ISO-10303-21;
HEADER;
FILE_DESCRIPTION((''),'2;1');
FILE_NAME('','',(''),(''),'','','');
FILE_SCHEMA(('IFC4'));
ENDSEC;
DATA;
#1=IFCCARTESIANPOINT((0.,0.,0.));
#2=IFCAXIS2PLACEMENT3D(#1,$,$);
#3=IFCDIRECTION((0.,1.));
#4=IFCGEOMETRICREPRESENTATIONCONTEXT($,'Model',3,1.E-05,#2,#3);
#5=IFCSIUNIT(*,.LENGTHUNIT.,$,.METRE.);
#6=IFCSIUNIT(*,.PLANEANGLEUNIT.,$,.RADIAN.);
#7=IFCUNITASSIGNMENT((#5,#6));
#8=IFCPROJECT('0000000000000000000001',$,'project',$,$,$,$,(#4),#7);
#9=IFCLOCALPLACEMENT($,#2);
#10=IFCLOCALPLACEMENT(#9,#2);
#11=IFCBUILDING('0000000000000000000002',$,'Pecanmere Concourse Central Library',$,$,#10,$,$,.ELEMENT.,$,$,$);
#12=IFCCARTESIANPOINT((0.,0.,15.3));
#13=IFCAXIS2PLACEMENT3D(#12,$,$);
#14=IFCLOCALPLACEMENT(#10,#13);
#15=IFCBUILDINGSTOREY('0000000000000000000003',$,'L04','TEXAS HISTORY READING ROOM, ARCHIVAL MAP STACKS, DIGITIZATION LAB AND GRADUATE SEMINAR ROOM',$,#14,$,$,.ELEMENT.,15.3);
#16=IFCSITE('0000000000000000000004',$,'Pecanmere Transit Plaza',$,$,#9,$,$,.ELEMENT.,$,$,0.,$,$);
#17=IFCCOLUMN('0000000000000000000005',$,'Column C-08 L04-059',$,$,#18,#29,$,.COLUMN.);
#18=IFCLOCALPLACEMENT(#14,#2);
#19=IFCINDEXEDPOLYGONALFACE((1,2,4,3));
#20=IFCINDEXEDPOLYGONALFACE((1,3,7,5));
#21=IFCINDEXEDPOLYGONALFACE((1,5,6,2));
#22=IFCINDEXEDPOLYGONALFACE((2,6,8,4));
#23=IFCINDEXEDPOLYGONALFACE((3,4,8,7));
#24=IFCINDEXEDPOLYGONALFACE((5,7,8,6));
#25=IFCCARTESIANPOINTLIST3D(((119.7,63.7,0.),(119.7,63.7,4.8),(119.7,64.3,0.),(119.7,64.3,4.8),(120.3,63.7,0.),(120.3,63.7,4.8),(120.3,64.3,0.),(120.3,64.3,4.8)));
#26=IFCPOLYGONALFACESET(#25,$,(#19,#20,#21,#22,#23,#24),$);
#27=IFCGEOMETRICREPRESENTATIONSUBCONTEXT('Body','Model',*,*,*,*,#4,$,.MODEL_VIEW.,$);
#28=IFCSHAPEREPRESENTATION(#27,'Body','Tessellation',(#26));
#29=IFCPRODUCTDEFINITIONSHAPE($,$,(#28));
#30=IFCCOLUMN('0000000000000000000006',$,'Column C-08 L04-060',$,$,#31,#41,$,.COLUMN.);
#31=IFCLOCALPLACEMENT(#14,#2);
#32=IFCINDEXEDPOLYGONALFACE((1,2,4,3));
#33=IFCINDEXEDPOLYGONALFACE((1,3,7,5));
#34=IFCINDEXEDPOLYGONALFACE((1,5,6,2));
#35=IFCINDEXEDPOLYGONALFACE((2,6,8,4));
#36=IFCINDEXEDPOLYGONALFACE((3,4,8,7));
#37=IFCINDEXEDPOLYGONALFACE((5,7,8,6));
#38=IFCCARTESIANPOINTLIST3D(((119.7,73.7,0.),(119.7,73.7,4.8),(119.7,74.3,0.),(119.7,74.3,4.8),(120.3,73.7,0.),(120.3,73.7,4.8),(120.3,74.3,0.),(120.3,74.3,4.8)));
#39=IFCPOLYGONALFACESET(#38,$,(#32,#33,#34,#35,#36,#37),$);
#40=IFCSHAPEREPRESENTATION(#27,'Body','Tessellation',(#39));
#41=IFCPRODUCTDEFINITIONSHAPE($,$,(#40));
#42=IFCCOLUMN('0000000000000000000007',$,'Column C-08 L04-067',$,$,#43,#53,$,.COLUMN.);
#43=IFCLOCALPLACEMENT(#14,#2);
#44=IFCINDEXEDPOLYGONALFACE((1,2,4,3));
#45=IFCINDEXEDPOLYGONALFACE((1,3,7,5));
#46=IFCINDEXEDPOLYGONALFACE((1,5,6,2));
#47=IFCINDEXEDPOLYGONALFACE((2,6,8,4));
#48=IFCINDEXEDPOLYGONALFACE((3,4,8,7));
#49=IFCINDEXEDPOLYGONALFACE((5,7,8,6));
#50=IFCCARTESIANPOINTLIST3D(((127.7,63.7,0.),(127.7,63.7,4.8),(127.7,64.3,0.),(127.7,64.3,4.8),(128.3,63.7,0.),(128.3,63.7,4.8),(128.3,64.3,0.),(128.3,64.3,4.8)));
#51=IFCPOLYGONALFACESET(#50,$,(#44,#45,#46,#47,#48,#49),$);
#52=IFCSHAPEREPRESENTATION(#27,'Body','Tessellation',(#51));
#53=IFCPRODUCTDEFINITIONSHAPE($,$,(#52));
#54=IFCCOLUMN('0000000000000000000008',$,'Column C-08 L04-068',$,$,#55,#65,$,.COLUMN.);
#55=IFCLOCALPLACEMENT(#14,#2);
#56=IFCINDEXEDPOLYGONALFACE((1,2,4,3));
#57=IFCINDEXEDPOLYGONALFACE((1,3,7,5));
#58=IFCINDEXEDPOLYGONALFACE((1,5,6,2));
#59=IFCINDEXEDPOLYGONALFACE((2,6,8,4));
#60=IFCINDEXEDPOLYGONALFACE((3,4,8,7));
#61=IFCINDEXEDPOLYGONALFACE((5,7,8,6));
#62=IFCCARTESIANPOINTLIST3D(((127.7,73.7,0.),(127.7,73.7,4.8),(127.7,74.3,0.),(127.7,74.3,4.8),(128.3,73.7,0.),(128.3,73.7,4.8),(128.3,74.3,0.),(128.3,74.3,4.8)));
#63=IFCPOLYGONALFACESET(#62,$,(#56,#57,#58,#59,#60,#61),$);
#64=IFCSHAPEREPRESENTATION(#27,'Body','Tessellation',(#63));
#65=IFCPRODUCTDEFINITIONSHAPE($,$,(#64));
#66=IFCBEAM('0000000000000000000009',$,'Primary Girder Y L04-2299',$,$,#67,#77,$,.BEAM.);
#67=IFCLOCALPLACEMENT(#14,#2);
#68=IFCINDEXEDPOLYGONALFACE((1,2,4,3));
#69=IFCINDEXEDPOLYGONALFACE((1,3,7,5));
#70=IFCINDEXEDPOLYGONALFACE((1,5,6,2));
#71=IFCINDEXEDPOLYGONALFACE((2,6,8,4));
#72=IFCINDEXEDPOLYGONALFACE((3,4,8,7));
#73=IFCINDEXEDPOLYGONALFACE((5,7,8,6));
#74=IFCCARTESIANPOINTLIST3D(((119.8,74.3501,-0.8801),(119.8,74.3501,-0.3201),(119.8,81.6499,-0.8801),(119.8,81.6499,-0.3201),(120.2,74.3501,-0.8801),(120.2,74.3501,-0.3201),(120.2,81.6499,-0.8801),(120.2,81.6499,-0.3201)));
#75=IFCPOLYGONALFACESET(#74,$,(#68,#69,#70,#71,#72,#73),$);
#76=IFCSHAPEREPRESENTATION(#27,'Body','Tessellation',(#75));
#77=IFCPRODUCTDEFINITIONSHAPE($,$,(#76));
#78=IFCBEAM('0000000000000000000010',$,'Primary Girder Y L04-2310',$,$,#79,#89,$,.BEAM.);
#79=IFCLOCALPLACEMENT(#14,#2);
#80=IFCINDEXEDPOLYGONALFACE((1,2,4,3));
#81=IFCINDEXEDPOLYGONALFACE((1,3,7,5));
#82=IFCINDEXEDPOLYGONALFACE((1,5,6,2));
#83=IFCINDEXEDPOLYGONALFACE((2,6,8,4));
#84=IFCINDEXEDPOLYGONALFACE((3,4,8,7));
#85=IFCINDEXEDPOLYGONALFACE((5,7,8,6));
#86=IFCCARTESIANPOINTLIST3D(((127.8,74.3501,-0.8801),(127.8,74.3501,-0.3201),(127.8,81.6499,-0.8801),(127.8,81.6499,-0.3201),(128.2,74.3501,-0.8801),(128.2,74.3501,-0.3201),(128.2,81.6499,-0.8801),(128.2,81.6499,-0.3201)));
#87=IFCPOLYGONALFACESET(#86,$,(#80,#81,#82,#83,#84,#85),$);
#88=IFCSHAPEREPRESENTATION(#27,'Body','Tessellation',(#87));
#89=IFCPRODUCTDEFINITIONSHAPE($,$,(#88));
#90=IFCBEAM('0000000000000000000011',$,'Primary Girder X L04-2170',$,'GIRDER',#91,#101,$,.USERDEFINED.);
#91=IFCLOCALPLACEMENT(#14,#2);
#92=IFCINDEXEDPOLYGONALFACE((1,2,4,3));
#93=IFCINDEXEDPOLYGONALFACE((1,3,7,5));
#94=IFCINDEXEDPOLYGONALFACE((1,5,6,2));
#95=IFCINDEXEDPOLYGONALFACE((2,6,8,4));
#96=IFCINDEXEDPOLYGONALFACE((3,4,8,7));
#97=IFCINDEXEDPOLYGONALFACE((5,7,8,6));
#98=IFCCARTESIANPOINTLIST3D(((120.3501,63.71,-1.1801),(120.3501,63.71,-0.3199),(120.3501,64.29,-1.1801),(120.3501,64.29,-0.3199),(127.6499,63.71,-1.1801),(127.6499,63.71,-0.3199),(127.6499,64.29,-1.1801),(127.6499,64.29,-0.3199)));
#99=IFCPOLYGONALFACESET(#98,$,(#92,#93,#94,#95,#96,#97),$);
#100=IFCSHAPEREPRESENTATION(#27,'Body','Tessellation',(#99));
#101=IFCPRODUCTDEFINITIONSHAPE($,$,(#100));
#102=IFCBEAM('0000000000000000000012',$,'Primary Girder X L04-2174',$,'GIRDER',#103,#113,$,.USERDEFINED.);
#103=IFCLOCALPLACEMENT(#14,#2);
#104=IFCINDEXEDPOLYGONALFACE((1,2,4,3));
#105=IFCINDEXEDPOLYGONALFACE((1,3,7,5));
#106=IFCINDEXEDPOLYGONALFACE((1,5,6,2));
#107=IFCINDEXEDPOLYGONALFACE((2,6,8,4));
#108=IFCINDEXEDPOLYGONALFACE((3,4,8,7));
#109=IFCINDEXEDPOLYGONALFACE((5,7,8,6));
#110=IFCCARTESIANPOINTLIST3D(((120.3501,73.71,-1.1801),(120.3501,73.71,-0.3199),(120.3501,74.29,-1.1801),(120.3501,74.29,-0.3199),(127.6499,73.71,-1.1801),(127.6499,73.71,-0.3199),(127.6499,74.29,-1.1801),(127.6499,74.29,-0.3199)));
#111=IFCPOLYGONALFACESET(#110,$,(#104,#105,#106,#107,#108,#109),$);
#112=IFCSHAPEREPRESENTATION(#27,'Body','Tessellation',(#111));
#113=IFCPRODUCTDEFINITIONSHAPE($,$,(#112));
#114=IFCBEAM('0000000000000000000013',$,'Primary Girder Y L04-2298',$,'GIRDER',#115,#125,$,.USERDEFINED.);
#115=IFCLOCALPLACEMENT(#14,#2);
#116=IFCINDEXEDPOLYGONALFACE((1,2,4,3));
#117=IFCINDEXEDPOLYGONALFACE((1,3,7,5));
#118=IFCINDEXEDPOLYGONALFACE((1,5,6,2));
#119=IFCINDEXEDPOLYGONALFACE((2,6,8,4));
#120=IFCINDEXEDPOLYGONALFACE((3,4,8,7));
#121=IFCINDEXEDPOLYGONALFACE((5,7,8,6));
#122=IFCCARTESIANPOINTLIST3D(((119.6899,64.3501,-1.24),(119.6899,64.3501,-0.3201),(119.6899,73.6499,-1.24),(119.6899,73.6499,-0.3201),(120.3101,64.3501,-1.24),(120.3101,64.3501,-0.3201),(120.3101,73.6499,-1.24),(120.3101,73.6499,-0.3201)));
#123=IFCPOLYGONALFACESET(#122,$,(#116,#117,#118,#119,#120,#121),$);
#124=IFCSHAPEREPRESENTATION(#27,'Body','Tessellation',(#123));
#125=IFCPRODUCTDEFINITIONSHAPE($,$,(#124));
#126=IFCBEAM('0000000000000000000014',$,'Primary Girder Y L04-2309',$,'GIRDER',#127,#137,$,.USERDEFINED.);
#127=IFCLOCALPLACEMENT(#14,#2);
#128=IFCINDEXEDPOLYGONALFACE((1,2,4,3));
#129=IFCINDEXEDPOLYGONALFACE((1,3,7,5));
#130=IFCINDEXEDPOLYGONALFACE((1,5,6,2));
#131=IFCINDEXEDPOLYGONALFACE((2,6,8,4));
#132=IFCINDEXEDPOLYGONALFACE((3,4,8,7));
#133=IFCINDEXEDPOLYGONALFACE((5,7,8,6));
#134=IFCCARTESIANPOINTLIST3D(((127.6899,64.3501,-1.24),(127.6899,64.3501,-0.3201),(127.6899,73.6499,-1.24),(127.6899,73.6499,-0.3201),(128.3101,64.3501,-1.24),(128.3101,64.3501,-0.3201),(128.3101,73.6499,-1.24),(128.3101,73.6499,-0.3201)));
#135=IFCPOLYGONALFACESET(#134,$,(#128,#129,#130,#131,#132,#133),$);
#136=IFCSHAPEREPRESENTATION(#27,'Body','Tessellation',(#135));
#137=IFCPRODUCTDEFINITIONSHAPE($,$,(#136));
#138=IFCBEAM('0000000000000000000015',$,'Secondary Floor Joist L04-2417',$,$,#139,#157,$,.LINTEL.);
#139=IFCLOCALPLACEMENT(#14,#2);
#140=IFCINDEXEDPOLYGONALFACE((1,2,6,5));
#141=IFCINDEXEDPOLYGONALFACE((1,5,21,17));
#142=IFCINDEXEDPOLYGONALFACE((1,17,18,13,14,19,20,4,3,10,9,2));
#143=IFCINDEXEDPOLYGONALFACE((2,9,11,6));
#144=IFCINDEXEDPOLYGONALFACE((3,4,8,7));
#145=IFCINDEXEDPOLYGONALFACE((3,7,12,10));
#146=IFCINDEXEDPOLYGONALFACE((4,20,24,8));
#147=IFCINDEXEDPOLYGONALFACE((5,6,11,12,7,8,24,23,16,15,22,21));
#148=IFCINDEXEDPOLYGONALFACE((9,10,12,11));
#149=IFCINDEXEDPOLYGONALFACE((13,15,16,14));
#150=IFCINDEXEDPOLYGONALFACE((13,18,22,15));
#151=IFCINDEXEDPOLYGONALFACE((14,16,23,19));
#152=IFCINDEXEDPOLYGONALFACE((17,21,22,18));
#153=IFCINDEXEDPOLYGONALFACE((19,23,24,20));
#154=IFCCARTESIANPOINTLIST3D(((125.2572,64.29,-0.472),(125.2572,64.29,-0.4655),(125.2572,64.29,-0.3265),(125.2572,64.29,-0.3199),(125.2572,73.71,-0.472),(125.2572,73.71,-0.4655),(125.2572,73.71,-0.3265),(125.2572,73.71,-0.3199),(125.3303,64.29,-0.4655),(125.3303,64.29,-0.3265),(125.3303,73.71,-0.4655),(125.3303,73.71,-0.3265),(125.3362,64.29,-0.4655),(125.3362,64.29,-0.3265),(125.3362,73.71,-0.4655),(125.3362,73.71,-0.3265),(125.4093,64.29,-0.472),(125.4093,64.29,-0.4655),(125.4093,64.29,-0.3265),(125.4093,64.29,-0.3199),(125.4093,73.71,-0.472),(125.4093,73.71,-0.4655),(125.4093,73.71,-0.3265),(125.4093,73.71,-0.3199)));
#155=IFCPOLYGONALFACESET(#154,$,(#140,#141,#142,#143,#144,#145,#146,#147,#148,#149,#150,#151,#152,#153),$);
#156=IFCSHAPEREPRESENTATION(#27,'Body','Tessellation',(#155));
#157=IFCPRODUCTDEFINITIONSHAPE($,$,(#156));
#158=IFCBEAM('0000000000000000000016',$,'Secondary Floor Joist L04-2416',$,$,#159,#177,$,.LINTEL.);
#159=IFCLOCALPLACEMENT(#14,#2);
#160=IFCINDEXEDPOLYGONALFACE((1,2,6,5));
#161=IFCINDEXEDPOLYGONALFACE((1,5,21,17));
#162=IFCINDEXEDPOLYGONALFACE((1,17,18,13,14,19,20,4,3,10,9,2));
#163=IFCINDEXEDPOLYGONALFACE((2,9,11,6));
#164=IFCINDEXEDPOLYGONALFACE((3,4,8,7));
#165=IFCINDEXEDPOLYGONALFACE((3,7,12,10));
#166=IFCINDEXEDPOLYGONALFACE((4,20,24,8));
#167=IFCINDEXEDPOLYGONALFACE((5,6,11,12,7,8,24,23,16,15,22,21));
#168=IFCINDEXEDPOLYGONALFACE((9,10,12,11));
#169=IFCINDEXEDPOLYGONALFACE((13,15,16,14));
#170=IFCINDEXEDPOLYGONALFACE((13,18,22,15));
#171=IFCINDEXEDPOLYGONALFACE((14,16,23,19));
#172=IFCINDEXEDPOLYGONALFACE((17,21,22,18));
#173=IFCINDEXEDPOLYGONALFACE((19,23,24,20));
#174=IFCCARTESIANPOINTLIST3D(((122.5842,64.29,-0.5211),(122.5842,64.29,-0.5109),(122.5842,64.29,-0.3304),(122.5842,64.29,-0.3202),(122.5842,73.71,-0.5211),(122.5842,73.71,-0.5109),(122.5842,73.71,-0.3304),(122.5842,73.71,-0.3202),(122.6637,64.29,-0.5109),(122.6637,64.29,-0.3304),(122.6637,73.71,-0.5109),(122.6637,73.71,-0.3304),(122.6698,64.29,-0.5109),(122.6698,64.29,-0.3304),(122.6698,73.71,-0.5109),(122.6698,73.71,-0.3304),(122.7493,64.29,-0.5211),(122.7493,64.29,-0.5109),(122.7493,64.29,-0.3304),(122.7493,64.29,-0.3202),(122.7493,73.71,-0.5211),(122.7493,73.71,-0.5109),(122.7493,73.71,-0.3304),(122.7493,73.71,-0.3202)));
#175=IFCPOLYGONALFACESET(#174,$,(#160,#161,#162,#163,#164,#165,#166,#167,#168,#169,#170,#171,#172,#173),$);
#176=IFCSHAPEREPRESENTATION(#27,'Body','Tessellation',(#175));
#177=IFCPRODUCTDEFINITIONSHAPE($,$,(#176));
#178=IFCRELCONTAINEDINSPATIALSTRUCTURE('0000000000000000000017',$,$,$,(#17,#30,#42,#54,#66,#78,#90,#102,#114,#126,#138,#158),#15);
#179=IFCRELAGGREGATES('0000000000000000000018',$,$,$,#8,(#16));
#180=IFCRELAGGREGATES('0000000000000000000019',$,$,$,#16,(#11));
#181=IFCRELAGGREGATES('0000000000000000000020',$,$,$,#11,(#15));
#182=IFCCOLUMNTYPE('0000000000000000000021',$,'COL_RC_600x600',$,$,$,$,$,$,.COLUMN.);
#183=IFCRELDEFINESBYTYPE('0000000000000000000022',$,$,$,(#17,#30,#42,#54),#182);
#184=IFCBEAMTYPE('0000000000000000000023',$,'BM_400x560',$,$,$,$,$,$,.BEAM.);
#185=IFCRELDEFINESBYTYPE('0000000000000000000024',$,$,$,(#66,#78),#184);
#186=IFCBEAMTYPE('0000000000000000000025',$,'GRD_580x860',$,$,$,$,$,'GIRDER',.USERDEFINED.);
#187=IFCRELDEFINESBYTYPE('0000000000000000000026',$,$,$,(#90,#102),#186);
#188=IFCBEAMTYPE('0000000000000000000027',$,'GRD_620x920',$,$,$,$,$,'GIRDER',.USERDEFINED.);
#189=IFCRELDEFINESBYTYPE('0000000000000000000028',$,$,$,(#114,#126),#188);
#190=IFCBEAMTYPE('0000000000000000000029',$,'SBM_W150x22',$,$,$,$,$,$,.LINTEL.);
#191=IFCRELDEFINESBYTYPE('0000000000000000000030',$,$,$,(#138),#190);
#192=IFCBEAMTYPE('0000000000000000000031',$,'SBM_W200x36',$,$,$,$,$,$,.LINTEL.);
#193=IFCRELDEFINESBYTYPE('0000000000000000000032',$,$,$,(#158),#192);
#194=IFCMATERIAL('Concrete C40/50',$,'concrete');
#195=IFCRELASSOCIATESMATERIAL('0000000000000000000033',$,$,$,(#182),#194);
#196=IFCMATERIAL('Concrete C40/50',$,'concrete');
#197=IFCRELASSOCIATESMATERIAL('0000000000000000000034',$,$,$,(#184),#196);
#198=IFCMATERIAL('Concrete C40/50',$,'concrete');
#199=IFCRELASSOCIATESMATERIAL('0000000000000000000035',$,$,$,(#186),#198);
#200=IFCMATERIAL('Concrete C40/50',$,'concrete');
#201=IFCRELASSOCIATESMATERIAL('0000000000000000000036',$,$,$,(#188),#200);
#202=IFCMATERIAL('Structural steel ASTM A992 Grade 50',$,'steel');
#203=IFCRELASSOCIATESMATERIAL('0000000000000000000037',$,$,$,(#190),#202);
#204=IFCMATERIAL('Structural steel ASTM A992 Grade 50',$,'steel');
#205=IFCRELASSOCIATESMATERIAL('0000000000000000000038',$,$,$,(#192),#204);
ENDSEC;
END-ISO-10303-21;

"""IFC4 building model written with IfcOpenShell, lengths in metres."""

from ifc_helpers import new_model, si_unit, direction, frame, origin, origin_2d, place, context, subcontext, project, spatial, rectangle, i_section, extrude, material, material_profile, profile_set, type_object, element, save


model = new_model("IFC4")

# Units and contexts
model_context = context("Model", 3, precision=1e-05, world=origin(), true_north=direction((0.0, 1.0)))
body_context = subcontext(model_context, "Body", "Model", "MODEL_VIEW")
ifc_project = project(units=[si_unit("LENGTHUNIT", "METRE"), si_unit("PLANEANGLEUNIT", "RADIAN")], contexts=[model_context])

# Site, building, storey
site_placement = place(None, origin())
site = spatial("IfcSite", under=ifc_project, at=site_placement, Name="Pecanmere Transit Plaza", CompositionType="ELEMENT", RefElevation=0.0)
building_placement = place(site_placement, origin())
building = spatial("IfcBuilding", under=site, at=building_placement, Name="Pecanmere Concourse Central Library", CompositionType="ELEMENT")
storey_placement = place(building_placement, frame((0.0, 0.0, 15.3)))
storey = spatial("IfcBuildingStorey", under=building, at=storey_placement, Name="L04", Description="TEXAS HISTORY READING ROOM, ARCHIVAL MAP STACKS, DIGITIZATION LAB AND GRADUATE SEMINAR ROOM", CompositionType="ELEMENT", Elevation=15.3)

# Columns
ifc_material_1 = material(Name="Concrete C40/50", Category="concrete")
ifc_material_profile_1 = material_profile(ifc_material_1, rectangle(XDim=0.6001, YDim=0.6001, at=origin_2d()), Name="RC 600x600")
ifc_profile_set_1 = profile_set([ifc_material_profile_1], Name="Concrete C40/50")
column_type = type_object("IfcColumnType", Name="COL_RC_600x600", PredefinedType="COLUMN", material=ifc_profile_set_1)
for number, where, z_axis, x_axis, name in (
    (1, (120.0, 64.0, 0.0), (0.0, 0.0, 1.0), (1.0, 0.0, 0.0), "Column C-08 L04-059"),
    (2, (120.0, 74.0, 0.0), (0.0, 0.0, 1.0), (1.0, 0.0, 0.0), "Column C-08 L04-060"),
    (3, (128.0, 64.0, 0.0), (0.0, 0.0, 1.0), (1.0, 0.0, 0.0), "Column C-08 L04-067"),
    (4, (128.0, 74.0, 0.0), (0.0, 0.0, 1.0), (1.0, 0.0, 0.0), "Column C-08 L04-068"),
):
    element("IfcColumn", number, at=place(storey_placement, frame(where, z_axis=z_axis, x_axis=x_axis)), inside=storey, type_object=column_type, Name=name, PredefinedType="COLUMN", context=body_context, shape_type="SweptSolid", body=[
        extrude(rectangle(XDim=0.6001, YDim=0.6001, at=origin_2d()), origin(), (0.0, 0.0, 1.0), 4.8),
    ])

# Beams
ifc_material_2 = material(Name="Concrete C40/50", Category="concrete")
ifc_material_profile_2 = material_profile(ifc_material_2, rectangle(XDim=0.3999, YDim=0.5601, at=origin_2d()), Name="RC 400x560")
ifc_profile_set_2 = profile_set([ifc_material_profile_2], Name="Concrete C40/50")
beam_type_1 = type_object("IfcBeamType", Name="BM_400x560", PredefinedType="BEAM", material=ifc_profile_set_2)
for number, where, z_axis, x_axis, name in (
    (5, (120.0, 74.3501, -0.6001), (0.0, 1.0, 0.0), (-1.0, 0.0, 0.0), "Primary Girder Y L04-2299"),
    (6, (128.0, 74.3501, -0.6001), (0.0, 1.0, 0.0), (-1.0, 0.0, 0.0), "Primary Girder Y L04-2310"),
):
    element("IfcBeam", number, at=place(storey_placement, frame(where, z_axis=z_axis, x_axis=x_axis)), inside=storey, type_object=beam_type_1, Name=name, PredefinedType="BEAM", context=body_context, shape_type="SweptSolid", body=[
        extrude(rectangle(XDim=0.3999, YDim=0.5601, at=origin_2d()), origin(), (0.0, 0.0, 1.0), 7.2998),
    ])
ifc_material_3 = material(Name="Concrete C40/50", Category="concrete")
ifc_material_profile_3 = material_profile(ifc_material_3, rectangle(XDim=0.5801, YDim=0.8601, at=origin_2d()), Name="RC 580x860")
ifc_profile_set_3 = profile_set([ifc_material_profile_3], Name="Concrete C40/50")
beam_type_2 = type_object("IfcBeamType", Name="GRD_580x860", ElementType="GIRDER", PredefinedType="USERDEFINED", material=ifc_profile_set_3)
for number, where, z_axis, x_axis, name in (
    (7, (120.3501, 64.0, -0.75), (1.0, 0.0, 0.0), (0.0, 1.0, 0.0), "Primary Girder X L04-2170"),
    (8, (120.3501, 74.0, -0.75), (1.0, 0.0, 0.0), (0.0, 1.0, 0.0), "Primary Girder X L04-2174"),
):
    element("IfcBeam", number, at=place(storey_placement, frame(where, z_axis=z_axis, x_axis=x_axis)), inside=storey, type_object=beam_type_2, Name=name, ObjectType="GIRDER", PredefinedType="USERDEFINED", context=body_context, shape_type="SweptSolid", body=[
        extrude(rectangle(XDim=0.5801, YDim=0.8601, at=origin_2d()), origin(), (0.0, 0.0, 1.0), 7.2998),
    ])
ifc_material_4 = material(Name="Concrete C40/50", Category="concrete")
ifc_material_profile_4 = material_profile(ifc_material_4, rectangle(XDim=0.6201, YDim=0.9199, at=origin_2d()), Name="RC 620x920")
ifc_profile_set_4 = profile_set([ifc_material_profile_4], Name="Concrete C40/50")
beam_type_3 = type_object("IfcBeamType", Name="GRD_620x920", ElementType="GIRDER", PredefinedType="USERDEFINED", material=ifc_profile_set_4)
for number, where, z_axis, x_axis, name in (
    (9, (120.0, 64.3501, -0.78), (0.0, 1.0, 0.0), (-1.0, 0.0, 0.0), "Primary Girder Y L04-2298"),
    (10, (128.0, 64.3501, -0.78), (0.0, 1.0, 0.0), (-1.0, 0.0, 0.0), "Primary Girder Y L04-2309"),
):
    element("IfcBeam", number, at=place(storey_placement, frame(where, z_axis=z_axis, x_axis=x_axis)), inside=storey, type_object=beam_type_3, Name=name, ObjectType="GIRDER", PredefinedType="USERDEFINED", context=body_context, shape_type="SweptSolid", body=[
        extrude(rectangle(XDim=0.6201, YDim=0.9199, at=origin_2d()), origin(), (0.0, 0.0, 1.0), 9.2998),
    ])
ifc_material_5 = material(Name="Structural steel ASTM A992 Grade 50", Category="steel")
ifc_material_profile_5 = material_profile(ifc_material_5, i_section(OverallWidth=0.1521, OverallDepth=0.1521, WebThickness=0.0059, FlangeThickness=0.0066, at=origin_2d()), Name="W150x22.5")
ifc_profile_set_5 = profile_set([ifc_material_profile_5], Name="Structural steel ASTM A992 Grade 50")
beam_type_4 = type_object("IfcBeamType", Name="SBM_W150x22", PredefinedType="LINTEL", material=ifc_profile_set_5)
beam_1_placement = place(storey_placement, frame((125.3333, 64.29, -0.396), z_axis=(0.0, 1.0, 0.0), x_axis=(-1.0, 0.0, 0.0)))
element("IfcBeam", 11, at=beam_1_placement, inside=storey, type_object=beam_type_4, Name="Secondary Floor Joist L04-2417", PredefinedType="LINTEL", context=body_context, shape_type="SweptSolid", body=[
    extrude(i_section(OverallWidth=0.1521, OverallDepth=0.1521, WebThickness=0.0059, FlangeThickness=0.0066, at=origin_2d()), origin(), (0.0, 0.0, 1.0), 9.4199),
])
ifc_material_6 = material(Name="Structural steel ASTM A992 Grade 50", Category="steel")
ifc_material_profile_6 = material_profile(ifc_material_6, i_section(OverallWidth=0.165, OverallDepth=0.2009, WebThickness=0.0061, FlangeThickness=0.0103, at=origin_2d()), Name="W200x35.9")
ifc_profile_set_6 = profile_set([ifc_material_profile_6], Name="Structural steel ASTM A992 Grade 50")
beam_type_5 = type_object("IfcBeamType", Name="SBM_W200x36", PredefinedType="LINTEL", material=ifc_profile_set_6)
beam_2_placement = place(storey_placement, frame((122.6667, 64.29, -0.4207), z_axis=(0.0, 1.0, 0.0), x_axis=(-1.0, 0.0, 0.0)))
element("IfcBeam", 12, at=beam_2_placement, inside=storey, type_object=beam_type_5, Name="Secondary Floor Joist L04-2416", PredefinedType="LINTEL", context=body_context, shape_type="SweptSolid", body=[
    extrude(i_section(OverallWidth=0.165, OverallDepth=0.2009, WebThickness=0.0061, FlangeThickness=0.0103, at=origin_2d()), origin(), (0.0, 0.0, 1.0), 9.4199),
])

save(model, "model.ifc")
